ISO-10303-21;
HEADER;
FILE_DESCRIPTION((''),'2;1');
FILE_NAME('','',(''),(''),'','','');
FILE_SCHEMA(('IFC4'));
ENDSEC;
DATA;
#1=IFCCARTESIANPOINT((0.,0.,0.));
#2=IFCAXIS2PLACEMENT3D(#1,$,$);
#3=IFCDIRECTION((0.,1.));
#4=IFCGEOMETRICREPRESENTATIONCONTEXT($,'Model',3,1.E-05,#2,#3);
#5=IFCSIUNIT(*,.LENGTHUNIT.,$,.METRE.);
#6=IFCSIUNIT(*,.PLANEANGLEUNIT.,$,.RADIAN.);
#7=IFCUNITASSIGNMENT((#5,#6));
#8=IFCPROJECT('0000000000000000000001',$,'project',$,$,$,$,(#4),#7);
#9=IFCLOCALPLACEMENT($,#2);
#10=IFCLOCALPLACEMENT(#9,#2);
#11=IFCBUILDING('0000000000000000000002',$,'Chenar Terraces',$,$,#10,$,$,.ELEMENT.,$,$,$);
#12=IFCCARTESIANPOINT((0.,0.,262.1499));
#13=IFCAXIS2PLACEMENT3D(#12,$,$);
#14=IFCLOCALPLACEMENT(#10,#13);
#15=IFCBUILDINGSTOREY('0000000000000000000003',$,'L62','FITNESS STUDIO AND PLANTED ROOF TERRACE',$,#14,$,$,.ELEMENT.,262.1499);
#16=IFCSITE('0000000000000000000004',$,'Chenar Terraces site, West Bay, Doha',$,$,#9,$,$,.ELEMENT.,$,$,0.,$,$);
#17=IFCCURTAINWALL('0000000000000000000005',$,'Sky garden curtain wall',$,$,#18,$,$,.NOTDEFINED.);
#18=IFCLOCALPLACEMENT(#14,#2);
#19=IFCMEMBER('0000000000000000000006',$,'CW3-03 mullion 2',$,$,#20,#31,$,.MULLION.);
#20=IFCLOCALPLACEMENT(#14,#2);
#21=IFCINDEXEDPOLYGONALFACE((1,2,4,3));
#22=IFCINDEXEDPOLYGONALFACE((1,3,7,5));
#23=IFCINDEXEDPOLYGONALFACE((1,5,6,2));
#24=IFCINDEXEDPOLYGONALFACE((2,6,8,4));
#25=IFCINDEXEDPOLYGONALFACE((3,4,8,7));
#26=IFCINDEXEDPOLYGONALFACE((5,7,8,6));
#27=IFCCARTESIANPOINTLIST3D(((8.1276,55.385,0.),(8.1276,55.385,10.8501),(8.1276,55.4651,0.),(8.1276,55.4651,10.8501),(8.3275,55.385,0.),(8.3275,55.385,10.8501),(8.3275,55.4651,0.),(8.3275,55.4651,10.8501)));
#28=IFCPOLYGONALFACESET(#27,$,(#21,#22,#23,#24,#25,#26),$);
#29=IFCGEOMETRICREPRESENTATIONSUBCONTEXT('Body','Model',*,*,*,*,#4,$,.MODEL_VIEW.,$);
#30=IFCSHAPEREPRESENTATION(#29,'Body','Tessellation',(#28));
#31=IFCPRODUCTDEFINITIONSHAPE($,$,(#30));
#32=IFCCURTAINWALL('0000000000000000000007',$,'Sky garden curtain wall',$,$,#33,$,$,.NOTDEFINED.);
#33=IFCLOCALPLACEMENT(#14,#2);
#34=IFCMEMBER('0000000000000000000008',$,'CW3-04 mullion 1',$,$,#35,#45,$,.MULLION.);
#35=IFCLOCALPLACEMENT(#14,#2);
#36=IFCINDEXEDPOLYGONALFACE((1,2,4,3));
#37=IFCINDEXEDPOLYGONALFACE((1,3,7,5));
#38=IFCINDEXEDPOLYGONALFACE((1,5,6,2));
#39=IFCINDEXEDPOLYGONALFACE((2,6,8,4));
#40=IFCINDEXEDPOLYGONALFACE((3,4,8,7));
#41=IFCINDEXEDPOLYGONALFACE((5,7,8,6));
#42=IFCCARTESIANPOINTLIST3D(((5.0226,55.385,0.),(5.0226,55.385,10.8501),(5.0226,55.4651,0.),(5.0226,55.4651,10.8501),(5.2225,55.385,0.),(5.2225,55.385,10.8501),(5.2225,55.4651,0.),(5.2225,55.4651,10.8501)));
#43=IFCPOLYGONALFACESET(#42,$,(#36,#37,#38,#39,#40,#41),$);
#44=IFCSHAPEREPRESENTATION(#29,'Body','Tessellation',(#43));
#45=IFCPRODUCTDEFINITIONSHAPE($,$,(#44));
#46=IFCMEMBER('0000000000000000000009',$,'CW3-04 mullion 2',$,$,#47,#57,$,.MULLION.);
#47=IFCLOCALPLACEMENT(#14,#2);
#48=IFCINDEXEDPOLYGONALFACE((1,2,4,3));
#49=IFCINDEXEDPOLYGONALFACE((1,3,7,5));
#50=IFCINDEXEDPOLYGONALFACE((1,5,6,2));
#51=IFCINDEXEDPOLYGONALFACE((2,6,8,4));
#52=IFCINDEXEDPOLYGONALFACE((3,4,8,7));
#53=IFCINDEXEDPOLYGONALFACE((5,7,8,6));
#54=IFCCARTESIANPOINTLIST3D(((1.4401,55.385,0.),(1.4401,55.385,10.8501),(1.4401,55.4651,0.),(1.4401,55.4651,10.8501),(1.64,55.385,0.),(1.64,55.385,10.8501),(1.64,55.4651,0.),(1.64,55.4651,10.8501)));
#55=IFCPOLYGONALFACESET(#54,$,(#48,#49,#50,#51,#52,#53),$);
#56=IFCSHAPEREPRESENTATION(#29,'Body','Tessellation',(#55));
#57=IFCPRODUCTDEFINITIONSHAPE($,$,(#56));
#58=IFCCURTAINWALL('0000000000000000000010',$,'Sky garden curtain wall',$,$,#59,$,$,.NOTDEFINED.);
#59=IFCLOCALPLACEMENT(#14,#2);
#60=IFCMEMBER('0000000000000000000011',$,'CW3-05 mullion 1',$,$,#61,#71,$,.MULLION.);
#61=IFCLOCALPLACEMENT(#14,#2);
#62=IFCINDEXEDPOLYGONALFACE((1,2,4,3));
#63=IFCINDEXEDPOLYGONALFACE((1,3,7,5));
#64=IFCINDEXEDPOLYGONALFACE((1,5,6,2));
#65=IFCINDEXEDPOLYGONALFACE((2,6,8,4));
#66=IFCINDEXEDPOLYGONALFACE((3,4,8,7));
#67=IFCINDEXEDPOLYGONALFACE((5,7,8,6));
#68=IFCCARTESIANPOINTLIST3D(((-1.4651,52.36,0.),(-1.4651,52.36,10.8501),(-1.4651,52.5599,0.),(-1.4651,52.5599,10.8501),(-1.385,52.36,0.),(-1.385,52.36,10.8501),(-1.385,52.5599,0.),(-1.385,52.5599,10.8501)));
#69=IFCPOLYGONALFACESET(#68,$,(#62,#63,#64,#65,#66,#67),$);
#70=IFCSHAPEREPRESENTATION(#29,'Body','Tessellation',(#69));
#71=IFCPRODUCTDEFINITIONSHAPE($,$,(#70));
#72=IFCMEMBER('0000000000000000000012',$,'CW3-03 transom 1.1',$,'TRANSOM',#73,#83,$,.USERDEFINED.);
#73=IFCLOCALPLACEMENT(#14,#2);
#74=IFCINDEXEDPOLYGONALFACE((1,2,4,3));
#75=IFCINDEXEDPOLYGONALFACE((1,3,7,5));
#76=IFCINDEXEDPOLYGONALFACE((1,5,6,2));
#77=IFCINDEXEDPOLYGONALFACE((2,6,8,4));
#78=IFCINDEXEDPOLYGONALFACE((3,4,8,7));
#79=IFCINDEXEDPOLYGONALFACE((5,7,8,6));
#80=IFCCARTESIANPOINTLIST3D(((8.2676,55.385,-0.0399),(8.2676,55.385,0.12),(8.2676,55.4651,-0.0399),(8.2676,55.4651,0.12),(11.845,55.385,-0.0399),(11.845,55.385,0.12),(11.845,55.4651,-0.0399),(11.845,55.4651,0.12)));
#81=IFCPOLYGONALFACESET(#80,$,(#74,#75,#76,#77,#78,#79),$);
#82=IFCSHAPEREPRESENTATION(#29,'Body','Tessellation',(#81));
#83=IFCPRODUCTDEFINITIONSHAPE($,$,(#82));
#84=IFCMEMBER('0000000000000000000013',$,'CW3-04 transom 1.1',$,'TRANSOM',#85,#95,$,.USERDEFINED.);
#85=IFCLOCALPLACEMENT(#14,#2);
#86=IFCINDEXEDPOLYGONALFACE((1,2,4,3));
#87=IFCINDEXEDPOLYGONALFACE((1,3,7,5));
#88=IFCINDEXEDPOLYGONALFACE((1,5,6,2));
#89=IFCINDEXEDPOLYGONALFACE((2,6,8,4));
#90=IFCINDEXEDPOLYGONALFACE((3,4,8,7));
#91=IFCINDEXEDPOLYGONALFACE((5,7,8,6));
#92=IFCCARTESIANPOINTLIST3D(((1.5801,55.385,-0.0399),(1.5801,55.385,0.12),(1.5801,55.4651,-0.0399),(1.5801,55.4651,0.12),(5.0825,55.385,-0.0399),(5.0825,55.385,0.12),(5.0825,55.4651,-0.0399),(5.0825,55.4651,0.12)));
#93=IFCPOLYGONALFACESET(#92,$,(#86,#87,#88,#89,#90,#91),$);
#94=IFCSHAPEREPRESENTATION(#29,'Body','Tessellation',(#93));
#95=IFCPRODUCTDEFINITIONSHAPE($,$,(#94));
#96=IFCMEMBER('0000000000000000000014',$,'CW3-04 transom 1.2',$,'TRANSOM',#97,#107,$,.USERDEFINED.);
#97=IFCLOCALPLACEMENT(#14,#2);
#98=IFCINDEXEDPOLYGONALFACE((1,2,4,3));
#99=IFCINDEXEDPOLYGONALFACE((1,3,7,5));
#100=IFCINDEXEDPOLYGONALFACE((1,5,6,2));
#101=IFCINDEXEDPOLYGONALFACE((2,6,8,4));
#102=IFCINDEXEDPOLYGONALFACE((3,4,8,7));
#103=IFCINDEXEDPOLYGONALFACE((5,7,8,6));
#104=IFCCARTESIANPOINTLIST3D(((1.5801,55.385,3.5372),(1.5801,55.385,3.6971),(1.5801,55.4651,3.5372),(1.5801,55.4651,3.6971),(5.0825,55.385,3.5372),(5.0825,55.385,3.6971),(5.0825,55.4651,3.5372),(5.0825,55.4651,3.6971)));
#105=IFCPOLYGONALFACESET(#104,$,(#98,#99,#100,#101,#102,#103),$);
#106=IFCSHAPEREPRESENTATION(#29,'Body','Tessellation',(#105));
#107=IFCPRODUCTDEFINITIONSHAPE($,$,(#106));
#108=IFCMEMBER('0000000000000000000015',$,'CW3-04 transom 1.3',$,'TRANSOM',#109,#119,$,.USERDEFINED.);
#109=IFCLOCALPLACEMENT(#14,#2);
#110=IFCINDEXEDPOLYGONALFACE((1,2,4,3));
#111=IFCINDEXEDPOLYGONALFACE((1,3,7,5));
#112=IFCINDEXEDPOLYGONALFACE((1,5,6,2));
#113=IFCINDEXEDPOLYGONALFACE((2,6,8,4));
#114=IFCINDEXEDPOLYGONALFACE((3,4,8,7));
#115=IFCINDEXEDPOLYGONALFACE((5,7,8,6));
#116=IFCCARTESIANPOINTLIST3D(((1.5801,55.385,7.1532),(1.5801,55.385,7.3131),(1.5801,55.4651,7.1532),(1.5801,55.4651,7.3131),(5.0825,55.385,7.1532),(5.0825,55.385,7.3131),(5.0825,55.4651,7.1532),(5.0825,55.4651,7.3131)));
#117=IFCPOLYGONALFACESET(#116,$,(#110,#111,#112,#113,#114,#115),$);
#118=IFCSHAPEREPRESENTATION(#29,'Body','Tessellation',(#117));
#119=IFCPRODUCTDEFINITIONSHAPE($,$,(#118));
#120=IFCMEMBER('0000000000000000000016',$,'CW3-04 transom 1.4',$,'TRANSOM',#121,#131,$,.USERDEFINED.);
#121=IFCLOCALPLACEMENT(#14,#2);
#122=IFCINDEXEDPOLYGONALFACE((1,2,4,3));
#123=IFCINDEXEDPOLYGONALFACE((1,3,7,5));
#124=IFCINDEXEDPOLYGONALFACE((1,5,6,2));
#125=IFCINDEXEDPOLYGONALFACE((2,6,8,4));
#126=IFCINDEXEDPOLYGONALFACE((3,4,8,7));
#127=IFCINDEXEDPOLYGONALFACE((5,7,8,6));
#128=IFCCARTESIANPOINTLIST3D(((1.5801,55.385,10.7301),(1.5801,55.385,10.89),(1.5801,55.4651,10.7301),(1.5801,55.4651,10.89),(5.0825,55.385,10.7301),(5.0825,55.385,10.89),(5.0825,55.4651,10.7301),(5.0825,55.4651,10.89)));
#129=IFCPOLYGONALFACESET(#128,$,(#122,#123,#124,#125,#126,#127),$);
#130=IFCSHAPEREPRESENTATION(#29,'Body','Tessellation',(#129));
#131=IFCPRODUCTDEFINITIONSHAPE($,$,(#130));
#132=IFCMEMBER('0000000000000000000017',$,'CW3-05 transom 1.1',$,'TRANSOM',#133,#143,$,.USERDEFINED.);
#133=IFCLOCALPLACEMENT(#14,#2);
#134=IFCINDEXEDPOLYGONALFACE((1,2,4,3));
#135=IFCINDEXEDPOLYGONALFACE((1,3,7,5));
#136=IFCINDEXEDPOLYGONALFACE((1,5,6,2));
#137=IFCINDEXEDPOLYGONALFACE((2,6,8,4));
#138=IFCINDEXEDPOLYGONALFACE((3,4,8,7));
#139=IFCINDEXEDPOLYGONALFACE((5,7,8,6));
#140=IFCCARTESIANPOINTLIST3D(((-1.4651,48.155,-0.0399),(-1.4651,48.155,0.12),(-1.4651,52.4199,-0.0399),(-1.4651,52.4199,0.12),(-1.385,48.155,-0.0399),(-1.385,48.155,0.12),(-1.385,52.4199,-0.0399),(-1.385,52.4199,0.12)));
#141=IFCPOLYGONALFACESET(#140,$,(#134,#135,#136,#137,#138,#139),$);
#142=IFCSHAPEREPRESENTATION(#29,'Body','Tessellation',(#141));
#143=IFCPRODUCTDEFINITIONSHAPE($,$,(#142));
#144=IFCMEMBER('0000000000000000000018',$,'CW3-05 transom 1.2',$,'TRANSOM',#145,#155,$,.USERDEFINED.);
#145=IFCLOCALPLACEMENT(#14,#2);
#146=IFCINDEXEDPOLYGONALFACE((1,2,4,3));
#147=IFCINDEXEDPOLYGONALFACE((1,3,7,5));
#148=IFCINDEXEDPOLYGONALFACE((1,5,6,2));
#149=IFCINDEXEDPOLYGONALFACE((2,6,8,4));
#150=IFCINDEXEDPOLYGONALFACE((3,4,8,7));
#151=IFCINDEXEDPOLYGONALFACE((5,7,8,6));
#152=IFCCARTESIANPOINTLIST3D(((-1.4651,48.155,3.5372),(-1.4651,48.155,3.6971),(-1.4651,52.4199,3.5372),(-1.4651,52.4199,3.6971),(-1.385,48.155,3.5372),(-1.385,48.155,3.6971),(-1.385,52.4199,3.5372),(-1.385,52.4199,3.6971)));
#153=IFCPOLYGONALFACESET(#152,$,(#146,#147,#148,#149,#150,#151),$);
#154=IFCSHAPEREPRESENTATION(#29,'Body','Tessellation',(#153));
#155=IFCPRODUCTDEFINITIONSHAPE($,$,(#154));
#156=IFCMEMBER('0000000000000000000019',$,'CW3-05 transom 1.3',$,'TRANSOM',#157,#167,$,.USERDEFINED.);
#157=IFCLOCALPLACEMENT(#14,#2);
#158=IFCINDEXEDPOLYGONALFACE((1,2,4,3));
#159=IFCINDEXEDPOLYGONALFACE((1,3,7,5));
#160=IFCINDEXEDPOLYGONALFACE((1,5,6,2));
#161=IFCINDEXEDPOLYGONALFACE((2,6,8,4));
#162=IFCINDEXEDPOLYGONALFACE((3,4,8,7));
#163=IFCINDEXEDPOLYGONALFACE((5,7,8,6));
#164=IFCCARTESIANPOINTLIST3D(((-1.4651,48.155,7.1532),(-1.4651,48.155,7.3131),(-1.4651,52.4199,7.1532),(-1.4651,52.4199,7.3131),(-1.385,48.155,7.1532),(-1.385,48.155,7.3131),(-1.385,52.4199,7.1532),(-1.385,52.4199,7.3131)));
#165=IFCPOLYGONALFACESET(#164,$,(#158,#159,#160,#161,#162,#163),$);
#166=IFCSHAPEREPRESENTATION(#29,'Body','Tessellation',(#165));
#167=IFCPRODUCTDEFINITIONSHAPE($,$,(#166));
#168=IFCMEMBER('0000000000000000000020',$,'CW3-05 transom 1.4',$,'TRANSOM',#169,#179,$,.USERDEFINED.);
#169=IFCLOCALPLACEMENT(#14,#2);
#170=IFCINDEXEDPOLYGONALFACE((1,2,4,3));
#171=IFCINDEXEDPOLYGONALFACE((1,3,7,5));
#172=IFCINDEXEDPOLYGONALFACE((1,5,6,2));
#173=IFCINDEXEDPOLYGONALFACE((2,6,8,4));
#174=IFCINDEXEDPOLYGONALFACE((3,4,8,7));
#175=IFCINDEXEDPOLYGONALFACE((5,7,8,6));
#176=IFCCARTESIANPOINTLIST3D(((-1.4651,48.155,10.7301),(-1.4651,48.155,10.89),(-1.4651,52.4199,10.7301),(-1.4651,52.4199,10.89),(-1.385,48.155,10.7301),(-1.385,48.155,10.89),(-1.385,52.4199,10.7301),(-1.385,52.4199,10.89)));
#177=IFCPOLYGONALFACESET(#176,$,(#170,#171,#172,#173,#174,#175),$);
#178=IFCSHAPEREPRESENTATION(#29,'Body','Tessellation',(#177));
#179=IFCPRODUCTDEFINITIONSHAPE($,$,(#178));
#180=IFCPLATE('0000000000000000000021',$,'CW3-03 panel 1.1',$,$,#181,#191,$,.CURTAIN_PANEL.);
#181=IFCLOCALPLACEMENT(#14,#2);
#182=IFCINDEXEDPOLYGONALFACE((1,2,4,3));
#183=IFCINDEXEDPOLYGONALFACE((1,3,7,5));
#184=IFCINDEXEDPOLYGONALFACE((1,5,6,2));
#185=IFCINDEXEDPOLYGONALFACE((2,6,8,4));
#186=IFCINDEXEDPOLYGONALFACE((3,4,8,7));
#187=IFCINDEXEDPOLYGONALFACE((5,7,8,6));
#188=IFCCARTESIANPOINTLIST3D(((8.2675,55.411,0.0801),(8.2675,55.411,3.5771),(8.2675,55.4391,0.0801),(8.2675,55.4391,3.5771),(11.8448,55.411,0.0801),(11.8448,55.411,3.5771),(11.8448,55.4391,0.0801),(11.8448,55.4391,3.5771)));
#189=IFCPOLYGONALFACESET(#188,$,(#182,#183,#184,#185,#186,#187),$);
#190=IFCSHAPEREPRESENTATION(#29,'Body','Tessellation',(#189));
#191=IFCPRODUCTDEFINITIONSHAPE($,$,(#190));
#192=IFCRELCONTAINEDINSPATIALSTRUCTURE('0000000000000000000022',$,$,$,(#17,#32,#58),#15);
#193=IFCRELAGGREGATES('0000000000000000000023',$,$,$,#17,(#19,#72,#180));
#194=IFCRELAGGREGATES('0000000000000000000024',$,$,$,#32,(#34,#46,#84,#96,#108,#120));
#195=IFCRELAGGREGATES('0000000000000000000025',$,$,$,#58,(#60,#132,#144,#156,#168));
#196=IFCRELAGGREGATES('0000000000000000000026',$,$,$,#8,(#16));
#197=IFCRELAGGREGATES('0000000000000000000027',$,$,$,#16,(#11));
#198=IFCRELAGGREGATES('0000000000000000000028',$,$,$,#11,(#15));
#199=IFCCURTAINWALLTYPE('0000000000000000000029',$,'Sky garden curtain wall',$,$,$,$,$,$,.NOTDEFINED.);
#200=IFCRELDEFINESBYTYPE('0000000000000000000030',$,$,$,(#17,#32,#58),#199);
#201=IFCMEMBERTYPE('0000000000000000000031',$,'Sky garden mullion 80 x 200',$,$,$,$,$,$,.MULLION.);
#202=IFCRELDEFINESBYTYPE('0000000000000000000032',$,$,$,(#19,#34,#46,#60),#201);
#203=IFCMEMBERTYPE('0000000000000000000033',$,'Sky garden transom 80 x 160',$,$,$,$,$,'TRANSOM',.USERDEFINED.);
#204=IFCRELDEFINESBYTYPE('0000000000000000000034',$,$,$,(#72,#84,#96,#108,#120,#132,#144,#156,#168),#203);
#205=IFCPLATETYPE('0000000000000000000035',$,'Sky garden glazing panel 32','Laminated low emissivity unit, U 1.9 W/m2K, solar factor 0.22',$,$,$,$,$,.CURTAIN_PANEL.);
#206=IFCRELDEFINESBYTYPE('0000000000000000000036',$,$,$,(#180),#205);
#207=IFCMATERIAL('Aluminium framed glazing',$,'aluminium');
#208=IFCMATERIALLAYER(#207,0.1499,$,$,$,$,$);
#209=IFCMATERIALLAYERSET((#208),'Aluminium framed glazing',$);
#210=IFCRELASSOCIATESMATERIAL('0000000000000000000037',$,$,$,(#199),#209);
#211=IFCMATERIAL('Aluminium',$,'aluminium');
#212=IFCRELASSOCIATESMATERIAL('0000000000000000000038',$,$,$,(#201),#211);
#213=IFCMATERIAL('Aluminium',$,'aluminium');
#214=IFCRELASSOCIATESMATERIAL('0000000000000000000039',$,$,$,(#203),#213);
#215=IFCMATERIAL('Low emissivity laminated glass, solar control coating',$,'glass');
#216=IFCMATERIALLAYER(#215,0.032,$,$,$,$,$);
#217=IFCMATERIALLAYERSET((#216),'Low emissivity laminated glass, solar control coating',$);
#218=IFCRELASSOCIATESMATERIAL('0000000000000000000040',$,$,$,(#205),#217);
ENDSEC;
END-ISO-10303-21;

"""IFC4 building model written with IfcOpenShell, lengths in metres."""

from ifc_helpers import new_model, si_unit, direction, frame, origin, origin_2d, place, context, subcontext, project, spatial, rectangle, extrude, material, layer, layer_set, material_profile, profile_set, type_object, element, aggregate, save


model = new_model("IFC4")

# Units and contexts
model_context = context("Model", 3, precision=1e-05, world=origin(), true_north=direction((0.0, 1.0)))
body_context = subcontext(model_context, "Body", "Model", "MODEL_VIEW")
ifc_project = project(units=[si_unit("LENGTHUNIT", "METRE"), si_unit("PLANEANGLEUNIT", "RADIAN")], contexts=[model_context])

# Site, building, storey
site_placement = place(None, origin())
site = spatial("IfcSite", under=ifc_project, at=site_placement, Name="Chenar Terraces site, West Bay, Doha", CompositionType="ELEMENT", RefElevation=0.0)
building_placement = place(site_placement, origin())
building = spatial("IfcBuilding", under=site, at=building_placement, Name="Chenar Terraces", CompositionType="ELEMENT")
storey_placement = place(building_placement, frame((0.0, 0.0, 262.1499)))
storey = spatial("IfcBuildingStorey", under=building, at=storey_placement, Name="L62", Description="FITNESS STUDIO AND PLANTED ROOF TERRACE", CompositionType="ELEMENT", Elevation=262.1499)

# Curtain wall, member
ifc_material_1 = material(Name="Aluminium framed glazing", Category="aluminium")
ifc_layer_1 = layer(ifc_material_1, 0.1499)
ifc_layer_set_1 = layer_set([ifc_layer_1], Name="Aluminium framed glazing")
curtain_wall_type = type_object("IfcCurtainWallType", Name="Sky garden curtain wall", PredefinedType="NOTDEFINED", material=ifc_layer_set_1)
placement = place(storey_placement, origin())
curtain_wall_1 = element("IfcCurtainWall", 1, at=placement, inside=storey, type_object=curtain_wall_type, Name="Sky garden curtain wall", PredefinedType="NOTDEFINED")
ifc_material_2 = material(Name="Aluminium", Category="aluminium")
ifc_material_profile_1 = material_profile(ifc_material_2, rectangle(XDim=0.0801, YDim=0.2, at=origin_2d()), Name="Sky garden mullion 80 x 200")
ifc_profile_set_1 = profile_set([ifc_material_profile_1], Name="Aluminium")
member_type_1 = type_object("IfcMemberType", Name="Sky garden mullion 80 x 200", PredefinedType="MULLION", material=ifc_profile_set_1)
member_1_placement = place(storey_placement, frame((8.2275, 55.425, 0.0), z_axis=(0.0, 0.0, 1.0), x_axis=(0.0, -1.0, 0.0)))
member_1 = element("IfcMember", 2, at=member_1_placement, type_object=member_type_1, Name="CW3-03 mullion 2", PredefinedType="MULLION", context=body_context, shape_type="SweptSolid", body=[
    extrude(rectangle(XDim=0.0801, YDim=0.2, at=origin_2d()), origin(), (0.0, 0.0, 1.0), 10.8501),
])

# Curtain wall, members
curtain_wall_2 = element("IfcCurtainWall", 3, at=placement, inside=storey, type_object=curtain_wall_type, Name="Sky garden curtain wall", PredefinedType="NOTDEFINED")
member_2_placement = place(storey_placement, frame((5.1226, 55.425, 0.0), z_axis=(0.0, 0.0, 1.0), x_axis=(0.0, -1.0, 0.0)))
member_2 = element("IfcMember", 4, at=member_2_placement, type_object=member_type_1, Name="CW3-04 mullion 1", PredefinedType="MULLION", context=body_context, shape_type="SweptSolid", body=[
    extrude(rectangle(XDim=0.0801, YDim=0.2, at=origin_2d()), origin(), (0.0, 0.0, 1.0), 10.8501),
])
member_3_placement = place(storey_placement, frame((1.54, 55.425, 0.0), z_axis=(0.0, 0.0, 1.0), x_axis=(0.0, -1.0, 0.0)))
member_3 = element("IfcMember", 5, at=member_3_placement, type_object=member_type_1, Name="CW3-04 mullion 2", PredefinedType="MULLION", context=body_context, shape_type="SweptSolid", body=[
    extrude(rectangle(XDim=0.0801, YDim=0.2, at=origin_2d()), origin(), (0.0, 0.0, 1.0), 10.8501),
])

# Curtain wall, member
curtain_wall_3 = element("IfcCurtainWall", 6, at=placement, inside=storey, type_object=curtain_wall_type, Name="Sky garden curtain wall", PredefinedType="NOTDEFINED")
member_4_placement = place(storey_placement, frame((-1.425, 52.46, 0.0), z_axis=(0.0, 0.0, 1.0), x_axis=(1.0, 0.0, 0.0)))
member_4 = element("IfcMember", 7, at=member_4_placement, type_object=member_type_1, Name="CW3-05 mullion 1", PredefinedType="MULLION", context=body_context, shape_type="SweptSolid", body=[
    extrude(rectangle(XDim=0.0801, YDim=0.2, at=origin_2d()), origin(), (0.0, 0.0, 1.0), 10.8501),
])

# Members
ifc_material_3 = material(Name="Aluminium", Category="aluminium")
ifc_material_profile_2 = material_profile(ifc_material_3, rectangle(XDim=0.0801, YDim=0.1599, at=origin_2d()), Name="Sky garden transom 80 x 160")
ifc_profile_set_2 = profile_set([ifc_material_profile_2], Name="Aluminium")
member_type_2 = type_object("IfcMemberType", Name="Sky garden transom 80 x 160", ElementType="TRANSOM", PredefinedType="USERDEFINED", material=ifc_profile_set_2)
member_5_placement = place(storey_placement, frame((11.845, 55.425, 0.04), z_axis=(-1.0, 0.0, 0.0), x_axis=(0.0, -1.0, 0.0)))
member_5 = element("IfcMember", 8, at=member_5_placement, type_object=member_type_2, Name="CW3-03 transom 1.1", ObjectType="TRANSOM", PredefinedType="USERDEFINED", context=body_context, shape_type="SweptSolid", body=[
    extrude(rectangle(XDim=0.0801, YDim=0.1599, at=origin_2d()), origin(), (0.0, 0.0, 1.0), 3.5774),
])
member_6_placement = place(storey_placement, frame((5.0825, 55.425, 0.04), z_axis=(-1.0, 0.0, 0.0), x_axis=(0.0, -1.0, 0.0)))
member_6 = element("IfcMember", 9, at=member_6_placement, type_object=member_type_2, Name="CW3-04 transom 1.1", ObjectType="TRANSOM", PredefinedType="USERDEFINED", context=body_context, shape_type="SweptSolid", body=[
    extrude(rectangle(XDim=0.0801, YDim=0.1599, at=origin_2d()), origin(), (0.0, 0.0, 1.0), 3.5024),
])
member_7_placement = place(storey_placement, frame((5.0825, 55.425, 3.6172), z_axis=(-1.0, 0.0, 0.0), x_axis=(0.0, -1.0, 0.0)))
member_7 = element("IfcMember", 10, at=member_7_placement, type_object=member_type_2, Name="CW3-04 transom 1.2", ObjectType="TRANSOM", PredefinedType="USERDEFINED", context=body_context, shape_type="SweptSolid", body=[
    extrude(rectangle(XDim=0.0801, YDim=0.1599, at=origin_2d()), origin(), (0.0, 0.0, 1.0), 3.5024),
])
member_8_placement = place(storey_placement, frame((5.0825, 55.425, 7.2332), z_axis=(-1.0, 0.0, 0.0), x_axis=(0.0, -1.0, 0.0)))
member_8 = element("IfcMember", 11, at=member_8_placement, type_object=member_type_2, Name="CW3-04 transom 1.3", ObjectType="TRANSOM", PredefinedType="USERDEFINED", context=body_context, shape_type="SweptSolid", body=[
    extrude(rectangle(XDim=0.0801, YDim=0.1599, at=origin_2d()), origin(), (0.0, 0.0, 1.0), 3.5024),
])
member_9_placement = place(storey_placement, frame((5.0825, 55.425, 10.8101), z_axis=(-1.0, 0.0, 0.0), x_axis=(0.0, -1.0, 0.0)))
member_9 = element("IfcMember", 12, at=member_9_placement, type_object=member_type_2, Name="CW3-04 transom 1.4", ObjectType="TRANSOM", PredefinedType="USERDEFINED", context=body_context, shape_type="SweptSolid", body=[
    extrude(rectangle(XDim=0.0801, YDim=0.1599, at=origin_2d()), origin(), (0.0, 0.0, 1.0), 3.5024),
])
member_10_placement = place(storey_placement, frame((-1.425, 52.4199, 0.04), z_axis=(0.0, -1.0, 0.0), x_axis=(1.0, 0.0, 0.0)))
member_10 = element("IfcMember", 13, at=member_10_placement, type_object=member_type_2, Name="CW3-05 transom 1.1", ObjectType="TRANSOM", PredefinedType="USERDEFINED", context=body_context, shape_type="SweptSolid", body=[
    extrude(rectangle(XDim=0.0801, YDim=0.1599, at=origin_2d()), origin(), (0.0, 0.0, 1.0), 4.2649),
])
member_11_placement = place(storey_placement, frame((-1.425, 52.4199, 3.6172), z_axis=(0.0, -1.0, 0.0), x_axis=(1.0, 0.0, 0.0)))
member_11 = element("IfcMember", 14, at=member_11_placement, type_object=member_type_2, Name="CW3-05 transom 1.2", ObjectType="TRANSOM", PredefinedType="USERDEFINED", context=body_context, shape_type="SweptSolid", body=[
    extrude(rectangle(XDim=0.0801, YDim=0.1599, at=origin_2d()), origin(), (0.0, 0.0, 1.0), 4.2649),
])
member_12_placement = place(storey_placement, frame((-1.425, 52.4199, 7.2332), z_axis=(0.0, -1.0, 0.0), x_axis=(1.0, 0.0, 0.0)))
member_12 = element("IfcMember", 15, at=member_12_placement, type_object=member_type_2, Name="CW3-05 transom 1.3", ObjectType="TRANSOM", PredefinedType="USERDEFINED", context=body_context, shape_type="SweptSolid", body=[
    extrude(rectangle(XDim=0.0801, YDim=0.1599, at=origin_2d()), origin(), (0.0, 0.0, 1.0), 4.2649),
])
member_13_placement = place(storey_placement, frame((-1.425, 52.4199, 10.8101), z_axis=(0.0, -1.0, 0.0), x_axis=(1.0, 0.0, 0.0)))
member_13 = element("IfcMember", 16, at=member_13_placement, type_object=member_type_2, Name="CW3-05 transom 1.4", ObjectType="TRANSOM", PredefinedType="USERDEFINED", context=body_context, shape_type="SweptSolid", body=[
    extrude(rectangle(XDim=0.0801, YDim=0.1599, at=origin_2d()), origin(), (0.0, 0.0, 1.0), 4.2649),
])

# Plate
ifc_material_4 = material(Name="Low emissivity laminated glass, solar control coating", Category="glass")
ifc_layer_2 = layer(ifc_material_4, 0.032)
ifc_layer_set_2 = layer_set([ifc_layer_2], Name="Low emissivity laminated glass, solar control coating")
plate_type = type_object("IfcPlateType", Name="Sky garden glazing panel 32", Description="Laminated low emissivity unit, U 1.9 W/m2K, solar factor 0.22", PredefinedType="CURTAIN_PANEL", material=ifc_layer_set_2)
plate_1_placement = place(storey_placement, frame((10.0562, 55.425, 0.0801), z_axis=(0.0, 0.0, 1.0), x_axis=(-1.0, 0.0, 0.0)))
plate_1 = element("IfcPlate", 17, at=plate_1_placement, type_object=plate_type, Name="CW3-03 panel 1.1", PredefinedType="CURTAIN_PANEL", context=body_context, shape_type="SweptSolid", body=[
    extrude(rectangle(XDim=3.5774, YDim=0.0281, at=origin_2d()), origin(), (0.0, 0.0, 1.0), 3.4971),
])
aggregate(curtain_wall_1, [member_1, member_5, plate_1])
aggregate(curtain_wall_2, [member_2, member_3, member_6, member_7, member_8, member_9])
aggregate(curtain_wall_3, [member_4, member_10, member_11, member_12, member_13])

save(model, "model.ifc")
